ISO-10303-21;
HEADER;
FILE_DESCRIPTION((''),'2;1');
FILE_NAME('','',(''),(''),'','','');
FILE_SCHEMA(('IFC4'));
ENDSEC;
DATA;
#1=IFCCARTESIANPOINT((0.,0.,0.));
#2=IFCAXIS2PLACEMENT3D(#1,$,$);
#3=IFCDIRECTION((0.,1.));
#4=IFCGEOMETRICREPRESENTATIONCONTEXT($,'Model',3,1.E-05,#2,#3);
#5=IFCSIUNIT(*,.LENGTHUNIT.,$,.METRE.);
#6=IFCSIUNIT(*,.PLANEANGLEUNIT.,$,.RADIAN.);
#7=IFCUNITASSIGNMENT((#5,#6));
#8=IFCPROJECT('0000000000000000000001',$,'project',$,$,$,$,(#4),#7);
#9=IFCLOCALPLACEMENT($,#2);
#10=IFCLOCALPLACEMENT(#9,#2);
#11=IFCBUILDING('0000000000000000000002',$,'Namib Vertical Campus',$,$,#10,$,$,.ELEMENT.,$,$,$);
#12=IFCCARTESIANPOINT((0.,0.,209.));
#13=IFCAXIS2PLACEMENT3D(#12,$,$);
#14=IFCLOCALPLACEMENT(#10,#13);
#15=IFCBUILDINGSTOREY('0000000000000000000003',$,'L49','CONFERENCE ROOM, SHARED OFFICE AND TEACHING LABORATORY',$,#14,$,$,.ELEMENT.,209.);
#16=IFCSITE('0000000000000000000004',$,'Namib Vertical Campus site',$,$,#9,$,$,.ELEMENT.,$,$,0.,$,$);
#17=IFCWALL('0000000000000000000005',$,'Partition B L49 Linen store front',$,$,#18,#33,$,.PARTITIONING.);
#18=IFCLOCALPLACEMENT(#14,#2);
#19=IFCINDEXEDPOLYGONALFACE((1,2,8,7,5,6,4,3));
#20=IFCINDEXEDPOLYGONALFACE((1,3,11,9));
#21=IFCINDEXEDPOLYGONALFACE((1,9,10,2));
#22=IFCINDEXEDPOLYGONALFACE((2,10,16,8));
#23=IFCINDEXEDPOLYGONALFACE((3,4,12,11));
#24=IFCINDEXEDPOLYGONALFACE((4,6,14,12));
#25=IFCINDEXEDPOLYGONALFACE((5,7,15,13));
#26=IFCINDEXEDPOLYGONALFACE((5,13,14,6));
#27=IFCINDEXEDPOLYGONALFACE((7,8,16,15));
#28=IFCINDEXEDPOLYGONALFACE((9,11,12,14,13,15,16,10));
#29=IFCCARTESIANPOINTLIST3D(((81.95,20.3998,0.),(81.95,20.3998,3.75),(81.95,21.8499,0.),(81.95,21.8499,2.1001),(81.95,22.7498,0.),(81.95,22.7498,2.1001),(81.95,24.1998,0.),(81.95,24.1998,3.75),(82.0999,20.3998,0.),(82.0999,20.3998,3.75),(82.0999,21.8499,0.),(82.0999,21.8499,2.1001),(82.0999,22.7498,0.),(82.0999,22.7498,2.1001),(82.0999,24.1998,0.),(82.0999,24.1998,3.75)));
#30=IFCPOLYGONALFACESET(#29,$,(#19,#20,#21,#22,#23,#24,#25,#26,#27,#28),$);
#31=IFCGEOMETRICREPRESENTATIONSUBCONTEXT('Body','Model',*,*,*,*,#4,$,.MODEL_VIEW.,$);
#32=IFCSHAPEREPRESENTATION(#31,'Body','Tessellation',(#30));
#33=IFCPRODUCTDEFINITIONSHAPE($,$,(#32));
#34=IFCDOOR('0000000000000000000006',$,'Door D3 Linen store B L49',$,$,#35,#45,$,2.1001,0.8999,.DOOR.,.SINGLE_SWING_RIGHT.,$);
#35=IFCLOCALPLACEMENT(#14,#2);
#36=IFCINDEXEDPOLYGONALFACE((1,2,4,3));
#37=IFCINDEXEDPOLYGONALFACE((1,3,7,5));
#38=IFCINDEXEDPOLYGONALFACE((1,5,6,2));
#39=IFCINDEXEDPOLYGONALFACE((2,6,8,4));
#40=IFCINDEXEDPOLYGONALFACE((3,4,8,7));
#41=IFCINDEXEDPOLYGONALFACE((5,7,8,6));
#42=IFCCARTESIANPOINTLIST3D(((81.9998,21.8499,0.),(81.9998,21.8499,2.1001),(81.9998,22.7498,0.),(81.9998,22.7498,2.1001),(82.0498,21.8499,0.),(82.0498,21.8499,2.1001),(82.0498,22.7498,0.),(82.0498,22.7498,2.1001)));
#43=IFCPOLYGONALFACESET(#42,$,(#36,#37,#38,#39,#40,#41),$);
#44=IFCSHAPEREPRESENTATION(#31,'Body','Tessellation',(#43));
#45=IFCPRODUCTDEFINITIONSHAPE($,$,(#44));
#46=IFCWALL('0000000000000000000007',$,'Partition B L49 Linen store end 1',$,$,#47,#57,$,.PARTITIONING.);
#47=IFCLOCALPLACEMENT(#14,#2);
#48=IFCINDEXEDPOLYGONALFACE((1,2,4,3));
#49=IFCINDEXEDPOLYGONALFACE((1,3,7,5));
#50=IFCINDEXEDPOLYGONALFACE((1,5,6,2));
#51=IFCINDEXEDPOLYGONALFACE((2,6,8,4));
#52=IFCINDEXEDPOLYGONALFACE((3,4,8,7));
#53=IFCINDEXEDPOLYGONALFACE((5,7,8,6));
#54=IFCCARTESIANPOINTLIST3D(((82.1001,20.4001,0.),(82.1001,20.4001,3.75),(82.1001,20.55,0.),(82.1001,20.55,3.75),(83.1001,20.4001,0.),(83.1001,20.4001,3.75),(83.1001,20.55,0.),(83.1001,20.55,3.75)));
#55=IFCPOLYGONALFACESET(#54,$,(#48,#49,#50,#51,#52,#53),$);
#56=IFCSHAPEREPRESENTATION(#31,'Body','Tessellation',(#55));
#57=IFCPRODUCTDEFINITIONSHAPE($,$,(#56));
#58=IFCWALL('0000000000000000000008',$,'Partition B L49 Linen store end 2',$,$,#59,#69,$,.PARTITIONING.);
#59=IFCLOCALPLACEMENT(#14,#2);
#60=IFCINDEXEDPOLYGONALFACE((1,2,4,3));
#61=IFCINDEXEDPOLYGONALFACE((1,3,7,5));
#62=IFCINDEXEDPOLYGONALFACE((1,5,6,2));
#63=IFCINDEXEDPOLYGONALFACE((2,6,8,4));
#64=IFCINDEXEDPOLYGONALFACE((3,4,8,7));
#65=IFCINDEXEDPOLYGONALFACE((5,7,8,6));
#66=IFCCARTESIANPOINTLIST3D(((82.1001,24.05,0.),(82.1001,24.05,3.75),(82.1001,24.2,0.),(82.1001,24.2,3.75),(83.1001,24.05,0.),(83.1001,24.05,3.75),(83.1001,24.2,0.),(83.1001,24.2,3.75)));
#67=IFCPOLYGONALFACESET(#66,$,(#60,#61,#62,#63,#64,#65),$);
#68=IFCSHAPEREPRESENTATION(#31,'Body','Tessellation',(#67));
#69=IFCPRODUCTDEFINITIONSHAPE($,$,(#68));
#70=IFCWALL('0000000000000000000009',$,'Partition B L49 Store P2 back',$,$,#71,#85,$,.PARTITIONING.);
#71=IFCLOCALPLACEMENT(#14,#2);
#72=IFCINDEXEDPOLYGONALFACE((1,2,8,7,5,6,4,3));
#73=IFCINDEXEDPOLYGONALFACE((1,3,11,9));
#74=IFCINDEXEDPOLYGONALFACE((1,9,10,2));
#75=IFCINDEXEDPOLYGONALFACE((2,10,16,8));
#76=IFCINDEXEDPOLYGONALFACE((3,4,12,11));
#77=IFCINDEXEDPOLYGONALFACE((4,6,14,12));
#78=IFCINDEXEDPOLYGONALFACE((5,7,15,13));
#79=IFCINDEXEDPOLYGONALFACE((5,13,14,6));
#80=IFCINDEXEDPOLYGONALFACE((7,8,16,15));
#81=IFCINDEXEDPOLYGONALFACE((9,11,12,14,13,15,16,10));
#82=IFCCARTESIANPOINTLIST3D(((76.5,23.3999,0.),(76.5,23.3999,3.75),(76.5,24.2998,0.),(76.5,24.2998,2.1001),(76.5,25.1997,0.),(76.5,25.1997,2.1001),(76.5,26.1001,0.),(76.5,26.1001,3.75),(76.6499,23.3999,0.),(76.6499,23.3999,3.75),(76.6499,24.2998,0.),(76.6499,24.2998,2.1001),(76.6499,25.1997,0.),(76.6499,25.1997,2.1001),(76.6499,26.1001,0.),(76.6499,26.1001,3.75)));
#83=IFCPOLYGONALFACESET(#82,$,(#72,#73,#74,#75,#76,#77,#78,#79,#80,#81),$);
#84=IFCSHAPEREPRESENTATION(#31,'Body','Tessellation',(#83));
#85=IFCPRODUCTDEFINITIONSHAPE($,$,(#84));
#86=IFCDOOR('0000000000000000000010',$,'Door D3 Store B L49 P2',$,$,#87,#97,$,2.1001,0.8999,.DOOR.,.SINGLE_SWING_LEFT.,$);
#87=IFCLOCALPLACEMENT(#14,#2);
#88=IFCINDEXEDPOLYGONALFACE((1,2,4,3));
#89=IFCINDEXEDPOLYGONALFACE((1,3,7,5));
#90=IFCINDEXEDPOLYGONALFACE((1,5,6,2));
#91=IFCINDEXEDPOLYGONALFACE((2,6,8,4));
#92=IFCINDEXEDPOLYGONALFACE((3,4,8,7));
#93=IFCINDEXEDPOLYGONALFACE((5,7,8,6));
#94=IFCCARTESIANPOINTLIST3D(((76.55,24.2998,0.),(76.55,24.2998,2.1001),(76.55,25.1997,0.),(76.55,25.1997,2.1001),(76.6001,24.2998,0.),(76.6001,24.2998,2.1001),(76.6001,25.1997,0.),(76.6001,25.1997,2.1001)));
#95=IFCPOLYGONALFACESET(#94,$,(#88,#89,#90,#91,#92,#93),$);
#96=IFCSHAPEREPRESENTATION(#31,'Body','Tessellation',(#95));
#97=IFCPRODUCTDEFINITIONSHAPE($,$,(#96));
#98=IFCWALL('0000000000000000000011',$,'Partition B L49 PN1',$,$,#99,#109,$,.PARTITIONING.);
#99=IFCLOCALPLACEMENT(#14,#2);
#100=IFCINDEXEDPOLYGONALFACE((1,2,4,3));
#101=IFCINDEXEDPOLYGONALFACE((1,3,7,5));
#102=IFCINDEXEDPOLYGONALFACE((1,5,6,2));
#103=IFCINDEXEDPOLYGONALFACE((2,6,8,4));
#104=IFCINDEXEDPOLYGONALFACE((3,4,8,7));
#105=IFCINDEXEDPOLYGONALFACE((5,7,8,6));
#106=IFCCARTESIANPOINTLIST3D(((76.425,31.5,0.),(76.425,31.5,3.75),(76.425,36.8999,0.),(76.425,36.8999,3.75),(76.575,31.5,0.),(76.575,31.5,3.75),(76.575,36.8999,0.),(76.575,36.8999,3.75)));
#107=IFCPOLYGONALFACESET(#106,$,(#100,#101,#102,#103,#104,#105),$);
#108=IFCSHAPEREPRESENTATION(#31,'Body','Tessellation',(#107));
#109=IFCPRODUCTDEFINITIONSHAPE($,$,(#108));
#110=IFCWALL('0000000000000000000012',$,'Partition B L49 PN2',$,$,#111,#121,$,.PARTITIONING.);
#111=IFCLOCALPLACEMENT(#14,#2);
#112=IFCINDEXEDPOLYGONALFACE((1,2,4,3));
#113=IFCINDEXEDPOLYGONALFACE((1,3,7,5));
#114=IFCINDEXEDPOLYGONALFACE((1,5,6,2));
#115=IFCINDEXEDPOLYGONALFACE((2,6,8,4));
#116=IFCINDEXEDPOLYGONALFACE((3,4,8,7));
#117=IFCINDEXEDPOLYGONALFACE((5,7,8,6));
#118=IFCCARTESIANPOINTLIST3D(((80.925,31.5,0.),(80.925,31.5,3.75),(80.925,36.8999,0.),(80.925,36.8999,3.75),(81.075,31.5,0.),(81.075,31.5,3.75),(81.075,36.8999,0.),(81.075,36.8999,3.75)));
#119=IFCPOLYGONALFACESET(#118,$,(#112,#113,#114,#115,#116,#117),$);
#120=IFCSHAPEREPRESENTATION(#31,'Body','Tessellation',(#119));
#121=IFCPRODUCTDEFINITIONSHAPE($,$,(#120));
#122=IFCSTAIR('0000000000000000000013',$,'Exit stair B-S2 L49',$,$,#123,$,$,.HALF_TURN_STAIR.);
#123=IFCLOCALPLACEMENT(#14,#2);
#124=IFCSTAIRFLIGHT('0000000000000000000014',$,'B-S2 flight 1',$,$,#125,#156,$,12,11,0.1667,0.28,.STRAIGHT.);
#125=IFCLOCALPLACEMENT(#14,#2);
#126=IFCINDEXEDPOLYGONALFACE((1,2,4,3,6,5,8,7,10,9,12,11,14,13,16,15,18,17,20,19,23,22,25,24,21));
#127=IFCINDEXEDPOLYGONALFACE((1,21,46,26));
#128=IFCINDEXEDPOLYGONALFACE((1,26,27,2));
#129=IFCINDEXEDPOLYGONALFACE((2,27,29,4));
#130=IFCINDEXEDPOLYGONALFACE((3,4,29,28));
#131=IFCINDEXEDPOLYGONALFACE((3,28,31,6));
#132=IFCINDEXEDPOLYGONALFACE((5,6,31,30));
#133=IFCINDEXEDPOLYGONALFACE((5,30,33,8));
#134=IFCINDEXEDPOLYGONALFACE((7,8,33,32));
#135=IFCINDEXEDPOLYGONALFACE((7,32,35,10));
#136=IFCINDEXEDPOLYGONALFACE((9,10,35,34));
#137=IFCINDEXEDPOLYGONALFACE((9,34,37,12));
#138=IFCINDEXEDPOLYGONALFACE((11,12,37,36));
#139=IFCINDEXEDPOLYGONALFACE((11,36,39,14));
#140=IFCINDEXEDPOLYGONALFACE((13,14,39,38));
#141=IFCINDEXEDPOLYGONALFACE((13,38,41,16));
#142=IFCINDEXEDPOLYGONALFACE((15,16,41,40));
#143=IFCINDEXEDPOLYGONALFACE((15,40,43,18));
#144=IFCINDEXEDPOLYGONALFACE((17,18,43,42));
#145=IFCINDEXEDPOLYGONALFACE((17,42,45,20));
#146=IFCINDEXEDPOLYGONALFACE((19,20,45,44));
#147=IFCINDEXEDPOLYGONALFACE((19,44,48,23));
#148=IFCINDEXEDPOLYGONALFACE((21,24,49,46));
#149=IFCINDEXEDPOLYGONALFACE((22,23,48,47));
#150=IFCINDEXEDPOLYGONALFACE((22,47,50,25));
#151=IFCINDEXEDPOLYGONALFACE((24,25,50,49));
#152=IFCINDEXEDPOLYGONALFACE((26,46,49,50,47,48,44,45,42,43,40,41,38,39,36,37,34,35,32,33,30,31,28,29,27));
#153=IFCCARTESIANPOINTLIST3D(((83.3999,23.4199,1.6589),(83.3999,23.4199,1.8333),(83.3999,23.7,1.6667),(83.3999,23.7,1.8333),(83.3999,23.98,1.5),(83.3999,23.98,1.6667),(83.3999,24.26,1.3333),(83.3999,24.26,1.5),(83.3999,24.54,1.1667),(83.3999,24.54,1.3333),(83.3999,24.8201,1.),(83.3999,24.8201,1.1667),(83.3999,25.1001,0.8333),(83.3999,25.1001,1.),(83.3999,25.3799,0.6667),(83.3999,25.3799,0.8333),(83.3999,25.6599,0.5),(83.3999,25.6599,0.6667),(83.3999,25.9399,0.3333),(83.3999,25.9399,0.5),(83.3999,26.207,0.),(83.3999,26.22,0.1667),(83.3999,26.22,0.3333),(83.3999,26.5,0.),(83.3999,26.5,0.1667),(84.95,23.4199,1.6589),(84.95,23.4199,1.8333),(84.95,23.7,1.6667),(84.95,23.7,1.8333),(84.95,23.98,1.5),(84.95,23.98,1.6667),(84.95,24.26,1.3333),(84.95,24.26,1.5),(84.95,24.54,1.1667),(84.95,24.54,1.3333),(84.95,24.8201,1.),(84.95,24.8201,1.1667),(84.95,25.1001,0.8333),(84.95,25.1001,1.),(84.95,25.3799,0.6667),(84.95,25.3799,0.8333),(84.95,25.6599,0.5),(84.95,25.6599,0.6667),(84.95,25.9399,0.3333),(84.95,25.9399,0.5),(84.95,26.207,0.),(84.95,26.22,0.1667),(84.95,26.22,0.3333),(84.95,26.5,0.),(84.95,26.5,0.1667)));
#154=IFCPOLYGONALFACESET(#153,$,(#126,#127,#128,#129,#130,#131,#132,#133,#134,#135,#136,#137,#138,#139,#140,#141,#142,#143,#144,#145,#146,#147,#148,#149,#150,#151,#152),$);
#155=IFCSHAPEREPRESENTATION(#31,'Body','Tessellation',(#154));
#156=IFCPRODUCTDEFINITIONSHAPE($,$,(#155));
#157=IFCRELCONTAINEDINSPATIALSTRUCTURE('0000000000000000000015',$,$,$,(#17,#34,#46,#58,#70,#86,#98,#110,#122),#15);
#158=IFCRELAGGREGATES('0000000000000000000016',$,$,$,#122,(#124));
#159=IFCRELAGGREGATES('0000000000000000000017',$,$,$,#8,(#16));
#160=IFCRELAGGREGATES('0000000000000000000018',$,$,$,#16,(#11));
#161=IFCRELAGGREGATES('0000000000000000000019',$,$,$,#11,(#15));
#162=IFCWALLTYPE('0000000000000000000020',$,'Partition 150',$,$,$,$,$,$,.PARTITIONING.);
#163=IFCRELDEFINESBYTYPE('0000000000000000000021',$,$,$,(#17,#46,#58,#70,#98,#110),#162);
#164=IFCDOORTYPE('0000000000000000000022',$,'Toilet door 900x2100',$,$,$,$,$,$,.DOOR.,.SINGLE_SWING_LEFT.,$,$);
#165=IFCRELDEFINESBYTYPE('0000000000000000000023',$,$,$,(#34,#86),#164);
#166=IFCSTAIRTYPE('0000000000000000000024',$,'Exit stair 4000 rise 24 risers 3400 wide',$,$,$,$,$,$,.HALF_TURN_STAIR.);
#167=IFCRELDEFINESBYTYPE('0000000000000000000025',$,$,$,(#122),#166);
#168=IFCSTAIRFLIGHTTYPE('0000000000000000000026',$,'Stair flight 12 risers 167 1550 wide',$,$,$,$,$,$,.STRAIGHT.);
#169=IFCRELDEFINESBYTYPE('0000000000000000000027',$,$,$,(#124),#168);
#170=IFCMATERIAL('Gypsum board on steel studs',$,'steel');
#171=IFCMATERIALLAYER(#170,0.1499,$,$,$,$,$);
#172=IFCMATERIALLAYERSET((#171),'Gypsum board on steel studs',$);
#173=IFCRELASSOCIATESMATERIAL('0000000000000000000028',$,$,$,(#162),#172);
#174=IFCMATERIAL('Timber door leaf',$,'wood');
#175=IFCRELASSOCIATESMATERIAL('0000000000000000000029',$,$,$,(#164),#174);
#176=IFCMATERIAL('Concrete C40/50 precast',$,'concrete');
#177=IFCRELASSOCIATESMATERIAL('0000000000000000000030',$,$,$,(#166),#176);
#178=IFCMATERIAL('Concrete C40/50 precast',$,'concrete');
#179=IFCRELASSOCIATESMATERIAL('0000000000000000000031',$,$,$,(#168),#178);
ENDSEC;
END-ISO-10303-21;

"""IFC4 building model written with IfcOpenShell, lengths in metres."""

from ifc_helpers import new_model, si_unit, direction, frame, frame_2d, origin, place, context, subcontext, project, spatial, polyline, rectangle, outline, extrude, material, layer, layer_set, type_object, element, fill, aggregate, save


model = new_model("IFC4")

# Units and contexts
model_context = context("Model", 3, precision=1e-05, world=origin(), true_north=direction((0.0, 1.0)))
body_context = subcontext(model_context, "Body", "Model", "MODEL_VIEW")
ifc_project = project(units=[si_unit("LENGTHUNIT", "METRE"), si_unit("PLANEANGLEUNIT", "RADIAN")], contexts=[model_context])

# Site, building, storey
site_placement = place(None, origin())
site = spatial("IfcSite", under=ifc_project, at=site_placement, Name="Namib Vertical Campus site", CompositionType="ELEMENT", RefElevation=0.0)
building_placement = place(site_placement, origin())
building = spatial("IfcBuilding", under=site, at=building_placement, Name="Namib Vertical Campus", CompositionType="ELEMENT")
storey_placement = place(building_placement, frame((0.0, 0.0, 209.0)))
storey = spatial("IfcBuildingStorey", under=building, at=storey_placement, Name="L49", Description="CONFERENCE ROOM, SHARED OFFICE AND TEACHING LABORATORY", CompositionType="ELEMENT", Elevation=209.0)

# Wall, opening, door
ifc_material_1 = material(Name="Gypsum board on steel studs", Category="steel")
ifc_layer_1 = layer(ifc_material_1, 0.1499)
ifc_layer_set_1 = layer_set([ifc_layer_1], Name="Gypsum board on steel studs")
wall_type_1 = type_object("IfcWallType", Name="Partition 150", PredefinedType="PARTITIONING", material=ifc_layer_set_1)
wall_1_placement = place(storey_placement, frame((82.0249, 20.3999, 0.0), z_axis=(0.0, 0.0, 1.0), x_axis=(0.0, 1.0, 0.0)))
wall_1 = element("IfcWall", 1, at=wall_1_placement, inside=storey, type_object=wall_type_1, Name="Partition B L49 Linen store front", PredefinedType="PARTITIONING", context=body_context, shape_type="SweptSolid", body=[
    extrude(rectangle(XDim=3.8, YDim=0.1499, at=frame_2d((1.8999, 0.0))), origin(), (0.0, 0.0, 1.0), 3.75),
])
opening_1_placement = place(wall_1_placement, frame((1.45, 0.0, 0.0)))
opening_1 = element("IfcOpeningElement", 2, at=opening_1_placement, cuts=wall_1, PredefinedType="OPENING", context=body_context, shape_type="SweptSolid", body=[
    extrude(rectangle(XDim=0.8999, YDim=2.1001, at=frame_2d((0.45, 1.05))), frame((0.0, 0.085, 0.0), z_axis=(0.0, -1.0, 0.0), x_axis=(1.0, 0.0, 0.0)), (0.0, 0.0, 1.0), 0.1699),
])
ifc_material_2 = material(Name="Timber door leaf", Category="wood")
door_type_1 = type_object("IfcDoorType", Name="Toilet door 900x2100", OperationType="SINGLE_SWING_LEFT", PredefinedType="DOOR", material=ifc_material_2)
door_1_placement = place(opening_1_placement, frame((0.8999, 0.0, 0.0), z_axis=(0.0, 0.0, 1.0), x_axis=(-1.0, 0.0, 0.0)))
door_1 = element("IfcDoor", 3, at=door_1_placement, inside=storey, type_object=door_type_1, Name="Door D3 Linen store B L49", OperationType="SINGLE_SWING_RIGHT", OverallHeight=2.1001, OverallWidth=0.8999, PredefinedType="DOOR", context=body_context, shape_type="SweptSolid", body=[
    extrude(rectangle(XDim=0.8999, YDim=2.1001, at=frame_2d((0.45, 1.05))), frame((0.0, 0.0249, 0.0), z_axis=(0.0, -1.0, 0.0), x_axis=(1.0, 0.0, 0.0)), (0.0, 0.0, 1.0), 0.05),
])
fill(opening_1, door_1)

# Walls
for number, where, z_axis, x_axis, name in (
    (4, (82.1001, 20.4751, 0.0), (0.0, 0.0, 1.0), (1.0, 0.0, 0.0), "Partition B L49 Linen store end 1"),
    (5, (82.1001, 24.125, 0.0), (0.0, 0.0, 1.0), (1.0, 0.0, 0.0), "Partition B L49 Linen store end 2"),
):
    element("IfcWall", number, at=place(storey_placement, frame(where, z_axis=z_axis, x_axis=x_axis)), inside=storey, type_object=wall_type_1, Name=name, PredefinedType="PARTITIONING", context=body_context, shape_type="SweptSolid", body=[
        extrude(rectangle(XDim=1.0, YDim=0.1499, at=frame_2d((0.5, 0.0))), origin(), (0.0, 0.0, 1.0), 3.75),
    ])

# Wall, opening, door
wall_2_placement = place(storey_placement, frame((76.575, 23.3999, 0.0), z_axis=(0.0, 0.0, 1.0), x_axis=(0.0, 1.0, 0.0)))
wall_2 = element("IfcWall", 6, at=wall_2_placement, inside=storey, type_object=wall_type_1, Name="Partition B L49 Store P2 back", PredefinedType="PARTITIONING", context=body_context, shape_type="SweptSolid", body=[
    extrude(rectangle(XDim=2.7002, YDim=0.1499, at=frame_2d((1.3501, 0.0))), origin(), (0.0, 0.0, 1.0), 3.75),
])
opening_2_placement = place(wall_2_placement, frame((0.8999, 0.0, 0.0)))
opening_2 = element("IfcOpeningElement", 7, at=opening_2_placement, cuts=wall_2, PredefinedType="OPENING", context=body_context, shape_type="SweptSolid", body=[
    extrude(rectangle(XDim=0.8999, YDim=2.1001, at=frame_2d((0.45, 1.05))), frame((0.0, 0.085, 0.0), z_axis=(0.0, -1.0, 0.0), x_axis=(1.0, 0.0, 0.0)), (0.0, 0.0, 1.0), 0.1699),
])
door_2_placement = place(opening_2_placement, origin())
door_2 = element("IfcDoor", 8, at=door_2_placement, inside=storey, type_object=door_type_1, Name="Door D3 Store B L49 P2", OperationType="SINGLE_SWING_LEFT", OverallHeight=2.1001, OverallWidth=0.8999, PredefinedType="DOOR", context=body_context, shape_type="SweptSolid", body=[
    extrude(rectangle(XDim=0.8999, YDim=2.1001, at=frame_2d((0.45, 1.05))), frame((0.0, 0.0249, 0.0), z_axis=(0.0, -1.0, 0.0), x_axis=(1.0, 0.0, 0.0)), (0.0, 0.0, 1.0), 0.05),
])
fill(opening_2, door_2)

# Walls
for number, where, z_axis, x_axis, name in (
    (9, (76.5, 31.5, 0.0), (0.0, 0.0, 1.0), (0.0, 1.0, 0.0), "Partition B L49 PN1"),
    (10, (81.0, 31.5, 0.0), (0.0, 0.0, 1.0), (0.0, 1.0, 0.0), "Partition B L49 PN2"),
):
    element("IfcWall", number, at=place(storey_placement, frame(where, z_axis=z_axis, x_axis=x_axis)), inside=storey, type_object=wall_type_1, Name=name, PredefinedType="PARTITIONING", context=body_context, shape_type="SweptSolid", body=[
        extrude(rectangle(XDim=5.3999, YDim=0.1499, at=frame_2d((2.7, 0.0))), origin(), (0.0, 0.0, 1.0), 3.75),
    ])

# Stair, stair flight
ifc_material_3 = material(Name="Concrete C40/50 precast", Category="concrete")
stair_type = type_object("IfcStairType", Name="Exit stair 4000 rise 24 risers 3400 wide", PredefinedType="HALF_TURN_STAIR", material=ifc_material_3)
stair_placement = place(storey_placement, origin())
stair = element("IfcStair", 11, at=stair_placement, inside=storey, type_object=stair_type, Name="Exit stair B-S2 L49", PredefinedType="HALF_TURN_STAIR")
ifc_material_4 = material(Name="Concrete C40/50 precast", Category="concrete")
stair_flight_type = type_object("IfcStairFlightType", Name="Stair flight 12 risers 167 1550 wide", PredefinedType="STRAIGHT", material=ifc_material_4)
stair_flight_1_placement = place(storey_placement, frame((84.175, 26.5, 0.0), z_axis=(0.0, 0.0, 1.0), x_axis=(0.0, -1.0, 0.0)))
stair_flight_1 = element("IfcStairFlight", 12, at=stair_flight_1_placement, type_object=stair_flight_type, Name="B-S2 flight 1", NumberOfRisers=12, NumberOfTreads=11, PredefinedType="STRAIGHT", RiserHeight=0.1667, TreadLength=0.28, context=body_context, shape_type="SweptSolid", body=[
    extrude(outline(polyline([(0.0, 0.0), (0.0, 0.1667), (0.28, 0.1667), (0.28, 0.3333), (0.5601, 0.3333), (0.5601, 0.5), (0.8401, 0.5), (0.8401, 0.6667), (1.1201, 0.6667), (1.1201, 0.8333), (1.3999, 0.8333), (1.3999, 1.0), (1.6799, 1.0), (1.6799, 1.1667), (1.96, 1.1667), (1.96, 1.3333), (2.24, 1.3333), (2.24, 1.5), (2.52, 1.5), (2.52, 1.6667), (2.8, 1.6667), (2.8, 1.8333), (3.0801, 1.8333), (3.0801, 2.0), (3.0801, 1.6589), (0.293, 0.0), (0.0, 0.0)])), frame((0.0, 0.7749, 0.0), z_axis=(0.0, -1.0, 0.0), x_axis=(1.0, 0.0, 0.0)), (0.0, 0.0, 1.0), 1.55),
])
aggregate(stair, [stair_flight_1])

save(model, "model.ifc")
